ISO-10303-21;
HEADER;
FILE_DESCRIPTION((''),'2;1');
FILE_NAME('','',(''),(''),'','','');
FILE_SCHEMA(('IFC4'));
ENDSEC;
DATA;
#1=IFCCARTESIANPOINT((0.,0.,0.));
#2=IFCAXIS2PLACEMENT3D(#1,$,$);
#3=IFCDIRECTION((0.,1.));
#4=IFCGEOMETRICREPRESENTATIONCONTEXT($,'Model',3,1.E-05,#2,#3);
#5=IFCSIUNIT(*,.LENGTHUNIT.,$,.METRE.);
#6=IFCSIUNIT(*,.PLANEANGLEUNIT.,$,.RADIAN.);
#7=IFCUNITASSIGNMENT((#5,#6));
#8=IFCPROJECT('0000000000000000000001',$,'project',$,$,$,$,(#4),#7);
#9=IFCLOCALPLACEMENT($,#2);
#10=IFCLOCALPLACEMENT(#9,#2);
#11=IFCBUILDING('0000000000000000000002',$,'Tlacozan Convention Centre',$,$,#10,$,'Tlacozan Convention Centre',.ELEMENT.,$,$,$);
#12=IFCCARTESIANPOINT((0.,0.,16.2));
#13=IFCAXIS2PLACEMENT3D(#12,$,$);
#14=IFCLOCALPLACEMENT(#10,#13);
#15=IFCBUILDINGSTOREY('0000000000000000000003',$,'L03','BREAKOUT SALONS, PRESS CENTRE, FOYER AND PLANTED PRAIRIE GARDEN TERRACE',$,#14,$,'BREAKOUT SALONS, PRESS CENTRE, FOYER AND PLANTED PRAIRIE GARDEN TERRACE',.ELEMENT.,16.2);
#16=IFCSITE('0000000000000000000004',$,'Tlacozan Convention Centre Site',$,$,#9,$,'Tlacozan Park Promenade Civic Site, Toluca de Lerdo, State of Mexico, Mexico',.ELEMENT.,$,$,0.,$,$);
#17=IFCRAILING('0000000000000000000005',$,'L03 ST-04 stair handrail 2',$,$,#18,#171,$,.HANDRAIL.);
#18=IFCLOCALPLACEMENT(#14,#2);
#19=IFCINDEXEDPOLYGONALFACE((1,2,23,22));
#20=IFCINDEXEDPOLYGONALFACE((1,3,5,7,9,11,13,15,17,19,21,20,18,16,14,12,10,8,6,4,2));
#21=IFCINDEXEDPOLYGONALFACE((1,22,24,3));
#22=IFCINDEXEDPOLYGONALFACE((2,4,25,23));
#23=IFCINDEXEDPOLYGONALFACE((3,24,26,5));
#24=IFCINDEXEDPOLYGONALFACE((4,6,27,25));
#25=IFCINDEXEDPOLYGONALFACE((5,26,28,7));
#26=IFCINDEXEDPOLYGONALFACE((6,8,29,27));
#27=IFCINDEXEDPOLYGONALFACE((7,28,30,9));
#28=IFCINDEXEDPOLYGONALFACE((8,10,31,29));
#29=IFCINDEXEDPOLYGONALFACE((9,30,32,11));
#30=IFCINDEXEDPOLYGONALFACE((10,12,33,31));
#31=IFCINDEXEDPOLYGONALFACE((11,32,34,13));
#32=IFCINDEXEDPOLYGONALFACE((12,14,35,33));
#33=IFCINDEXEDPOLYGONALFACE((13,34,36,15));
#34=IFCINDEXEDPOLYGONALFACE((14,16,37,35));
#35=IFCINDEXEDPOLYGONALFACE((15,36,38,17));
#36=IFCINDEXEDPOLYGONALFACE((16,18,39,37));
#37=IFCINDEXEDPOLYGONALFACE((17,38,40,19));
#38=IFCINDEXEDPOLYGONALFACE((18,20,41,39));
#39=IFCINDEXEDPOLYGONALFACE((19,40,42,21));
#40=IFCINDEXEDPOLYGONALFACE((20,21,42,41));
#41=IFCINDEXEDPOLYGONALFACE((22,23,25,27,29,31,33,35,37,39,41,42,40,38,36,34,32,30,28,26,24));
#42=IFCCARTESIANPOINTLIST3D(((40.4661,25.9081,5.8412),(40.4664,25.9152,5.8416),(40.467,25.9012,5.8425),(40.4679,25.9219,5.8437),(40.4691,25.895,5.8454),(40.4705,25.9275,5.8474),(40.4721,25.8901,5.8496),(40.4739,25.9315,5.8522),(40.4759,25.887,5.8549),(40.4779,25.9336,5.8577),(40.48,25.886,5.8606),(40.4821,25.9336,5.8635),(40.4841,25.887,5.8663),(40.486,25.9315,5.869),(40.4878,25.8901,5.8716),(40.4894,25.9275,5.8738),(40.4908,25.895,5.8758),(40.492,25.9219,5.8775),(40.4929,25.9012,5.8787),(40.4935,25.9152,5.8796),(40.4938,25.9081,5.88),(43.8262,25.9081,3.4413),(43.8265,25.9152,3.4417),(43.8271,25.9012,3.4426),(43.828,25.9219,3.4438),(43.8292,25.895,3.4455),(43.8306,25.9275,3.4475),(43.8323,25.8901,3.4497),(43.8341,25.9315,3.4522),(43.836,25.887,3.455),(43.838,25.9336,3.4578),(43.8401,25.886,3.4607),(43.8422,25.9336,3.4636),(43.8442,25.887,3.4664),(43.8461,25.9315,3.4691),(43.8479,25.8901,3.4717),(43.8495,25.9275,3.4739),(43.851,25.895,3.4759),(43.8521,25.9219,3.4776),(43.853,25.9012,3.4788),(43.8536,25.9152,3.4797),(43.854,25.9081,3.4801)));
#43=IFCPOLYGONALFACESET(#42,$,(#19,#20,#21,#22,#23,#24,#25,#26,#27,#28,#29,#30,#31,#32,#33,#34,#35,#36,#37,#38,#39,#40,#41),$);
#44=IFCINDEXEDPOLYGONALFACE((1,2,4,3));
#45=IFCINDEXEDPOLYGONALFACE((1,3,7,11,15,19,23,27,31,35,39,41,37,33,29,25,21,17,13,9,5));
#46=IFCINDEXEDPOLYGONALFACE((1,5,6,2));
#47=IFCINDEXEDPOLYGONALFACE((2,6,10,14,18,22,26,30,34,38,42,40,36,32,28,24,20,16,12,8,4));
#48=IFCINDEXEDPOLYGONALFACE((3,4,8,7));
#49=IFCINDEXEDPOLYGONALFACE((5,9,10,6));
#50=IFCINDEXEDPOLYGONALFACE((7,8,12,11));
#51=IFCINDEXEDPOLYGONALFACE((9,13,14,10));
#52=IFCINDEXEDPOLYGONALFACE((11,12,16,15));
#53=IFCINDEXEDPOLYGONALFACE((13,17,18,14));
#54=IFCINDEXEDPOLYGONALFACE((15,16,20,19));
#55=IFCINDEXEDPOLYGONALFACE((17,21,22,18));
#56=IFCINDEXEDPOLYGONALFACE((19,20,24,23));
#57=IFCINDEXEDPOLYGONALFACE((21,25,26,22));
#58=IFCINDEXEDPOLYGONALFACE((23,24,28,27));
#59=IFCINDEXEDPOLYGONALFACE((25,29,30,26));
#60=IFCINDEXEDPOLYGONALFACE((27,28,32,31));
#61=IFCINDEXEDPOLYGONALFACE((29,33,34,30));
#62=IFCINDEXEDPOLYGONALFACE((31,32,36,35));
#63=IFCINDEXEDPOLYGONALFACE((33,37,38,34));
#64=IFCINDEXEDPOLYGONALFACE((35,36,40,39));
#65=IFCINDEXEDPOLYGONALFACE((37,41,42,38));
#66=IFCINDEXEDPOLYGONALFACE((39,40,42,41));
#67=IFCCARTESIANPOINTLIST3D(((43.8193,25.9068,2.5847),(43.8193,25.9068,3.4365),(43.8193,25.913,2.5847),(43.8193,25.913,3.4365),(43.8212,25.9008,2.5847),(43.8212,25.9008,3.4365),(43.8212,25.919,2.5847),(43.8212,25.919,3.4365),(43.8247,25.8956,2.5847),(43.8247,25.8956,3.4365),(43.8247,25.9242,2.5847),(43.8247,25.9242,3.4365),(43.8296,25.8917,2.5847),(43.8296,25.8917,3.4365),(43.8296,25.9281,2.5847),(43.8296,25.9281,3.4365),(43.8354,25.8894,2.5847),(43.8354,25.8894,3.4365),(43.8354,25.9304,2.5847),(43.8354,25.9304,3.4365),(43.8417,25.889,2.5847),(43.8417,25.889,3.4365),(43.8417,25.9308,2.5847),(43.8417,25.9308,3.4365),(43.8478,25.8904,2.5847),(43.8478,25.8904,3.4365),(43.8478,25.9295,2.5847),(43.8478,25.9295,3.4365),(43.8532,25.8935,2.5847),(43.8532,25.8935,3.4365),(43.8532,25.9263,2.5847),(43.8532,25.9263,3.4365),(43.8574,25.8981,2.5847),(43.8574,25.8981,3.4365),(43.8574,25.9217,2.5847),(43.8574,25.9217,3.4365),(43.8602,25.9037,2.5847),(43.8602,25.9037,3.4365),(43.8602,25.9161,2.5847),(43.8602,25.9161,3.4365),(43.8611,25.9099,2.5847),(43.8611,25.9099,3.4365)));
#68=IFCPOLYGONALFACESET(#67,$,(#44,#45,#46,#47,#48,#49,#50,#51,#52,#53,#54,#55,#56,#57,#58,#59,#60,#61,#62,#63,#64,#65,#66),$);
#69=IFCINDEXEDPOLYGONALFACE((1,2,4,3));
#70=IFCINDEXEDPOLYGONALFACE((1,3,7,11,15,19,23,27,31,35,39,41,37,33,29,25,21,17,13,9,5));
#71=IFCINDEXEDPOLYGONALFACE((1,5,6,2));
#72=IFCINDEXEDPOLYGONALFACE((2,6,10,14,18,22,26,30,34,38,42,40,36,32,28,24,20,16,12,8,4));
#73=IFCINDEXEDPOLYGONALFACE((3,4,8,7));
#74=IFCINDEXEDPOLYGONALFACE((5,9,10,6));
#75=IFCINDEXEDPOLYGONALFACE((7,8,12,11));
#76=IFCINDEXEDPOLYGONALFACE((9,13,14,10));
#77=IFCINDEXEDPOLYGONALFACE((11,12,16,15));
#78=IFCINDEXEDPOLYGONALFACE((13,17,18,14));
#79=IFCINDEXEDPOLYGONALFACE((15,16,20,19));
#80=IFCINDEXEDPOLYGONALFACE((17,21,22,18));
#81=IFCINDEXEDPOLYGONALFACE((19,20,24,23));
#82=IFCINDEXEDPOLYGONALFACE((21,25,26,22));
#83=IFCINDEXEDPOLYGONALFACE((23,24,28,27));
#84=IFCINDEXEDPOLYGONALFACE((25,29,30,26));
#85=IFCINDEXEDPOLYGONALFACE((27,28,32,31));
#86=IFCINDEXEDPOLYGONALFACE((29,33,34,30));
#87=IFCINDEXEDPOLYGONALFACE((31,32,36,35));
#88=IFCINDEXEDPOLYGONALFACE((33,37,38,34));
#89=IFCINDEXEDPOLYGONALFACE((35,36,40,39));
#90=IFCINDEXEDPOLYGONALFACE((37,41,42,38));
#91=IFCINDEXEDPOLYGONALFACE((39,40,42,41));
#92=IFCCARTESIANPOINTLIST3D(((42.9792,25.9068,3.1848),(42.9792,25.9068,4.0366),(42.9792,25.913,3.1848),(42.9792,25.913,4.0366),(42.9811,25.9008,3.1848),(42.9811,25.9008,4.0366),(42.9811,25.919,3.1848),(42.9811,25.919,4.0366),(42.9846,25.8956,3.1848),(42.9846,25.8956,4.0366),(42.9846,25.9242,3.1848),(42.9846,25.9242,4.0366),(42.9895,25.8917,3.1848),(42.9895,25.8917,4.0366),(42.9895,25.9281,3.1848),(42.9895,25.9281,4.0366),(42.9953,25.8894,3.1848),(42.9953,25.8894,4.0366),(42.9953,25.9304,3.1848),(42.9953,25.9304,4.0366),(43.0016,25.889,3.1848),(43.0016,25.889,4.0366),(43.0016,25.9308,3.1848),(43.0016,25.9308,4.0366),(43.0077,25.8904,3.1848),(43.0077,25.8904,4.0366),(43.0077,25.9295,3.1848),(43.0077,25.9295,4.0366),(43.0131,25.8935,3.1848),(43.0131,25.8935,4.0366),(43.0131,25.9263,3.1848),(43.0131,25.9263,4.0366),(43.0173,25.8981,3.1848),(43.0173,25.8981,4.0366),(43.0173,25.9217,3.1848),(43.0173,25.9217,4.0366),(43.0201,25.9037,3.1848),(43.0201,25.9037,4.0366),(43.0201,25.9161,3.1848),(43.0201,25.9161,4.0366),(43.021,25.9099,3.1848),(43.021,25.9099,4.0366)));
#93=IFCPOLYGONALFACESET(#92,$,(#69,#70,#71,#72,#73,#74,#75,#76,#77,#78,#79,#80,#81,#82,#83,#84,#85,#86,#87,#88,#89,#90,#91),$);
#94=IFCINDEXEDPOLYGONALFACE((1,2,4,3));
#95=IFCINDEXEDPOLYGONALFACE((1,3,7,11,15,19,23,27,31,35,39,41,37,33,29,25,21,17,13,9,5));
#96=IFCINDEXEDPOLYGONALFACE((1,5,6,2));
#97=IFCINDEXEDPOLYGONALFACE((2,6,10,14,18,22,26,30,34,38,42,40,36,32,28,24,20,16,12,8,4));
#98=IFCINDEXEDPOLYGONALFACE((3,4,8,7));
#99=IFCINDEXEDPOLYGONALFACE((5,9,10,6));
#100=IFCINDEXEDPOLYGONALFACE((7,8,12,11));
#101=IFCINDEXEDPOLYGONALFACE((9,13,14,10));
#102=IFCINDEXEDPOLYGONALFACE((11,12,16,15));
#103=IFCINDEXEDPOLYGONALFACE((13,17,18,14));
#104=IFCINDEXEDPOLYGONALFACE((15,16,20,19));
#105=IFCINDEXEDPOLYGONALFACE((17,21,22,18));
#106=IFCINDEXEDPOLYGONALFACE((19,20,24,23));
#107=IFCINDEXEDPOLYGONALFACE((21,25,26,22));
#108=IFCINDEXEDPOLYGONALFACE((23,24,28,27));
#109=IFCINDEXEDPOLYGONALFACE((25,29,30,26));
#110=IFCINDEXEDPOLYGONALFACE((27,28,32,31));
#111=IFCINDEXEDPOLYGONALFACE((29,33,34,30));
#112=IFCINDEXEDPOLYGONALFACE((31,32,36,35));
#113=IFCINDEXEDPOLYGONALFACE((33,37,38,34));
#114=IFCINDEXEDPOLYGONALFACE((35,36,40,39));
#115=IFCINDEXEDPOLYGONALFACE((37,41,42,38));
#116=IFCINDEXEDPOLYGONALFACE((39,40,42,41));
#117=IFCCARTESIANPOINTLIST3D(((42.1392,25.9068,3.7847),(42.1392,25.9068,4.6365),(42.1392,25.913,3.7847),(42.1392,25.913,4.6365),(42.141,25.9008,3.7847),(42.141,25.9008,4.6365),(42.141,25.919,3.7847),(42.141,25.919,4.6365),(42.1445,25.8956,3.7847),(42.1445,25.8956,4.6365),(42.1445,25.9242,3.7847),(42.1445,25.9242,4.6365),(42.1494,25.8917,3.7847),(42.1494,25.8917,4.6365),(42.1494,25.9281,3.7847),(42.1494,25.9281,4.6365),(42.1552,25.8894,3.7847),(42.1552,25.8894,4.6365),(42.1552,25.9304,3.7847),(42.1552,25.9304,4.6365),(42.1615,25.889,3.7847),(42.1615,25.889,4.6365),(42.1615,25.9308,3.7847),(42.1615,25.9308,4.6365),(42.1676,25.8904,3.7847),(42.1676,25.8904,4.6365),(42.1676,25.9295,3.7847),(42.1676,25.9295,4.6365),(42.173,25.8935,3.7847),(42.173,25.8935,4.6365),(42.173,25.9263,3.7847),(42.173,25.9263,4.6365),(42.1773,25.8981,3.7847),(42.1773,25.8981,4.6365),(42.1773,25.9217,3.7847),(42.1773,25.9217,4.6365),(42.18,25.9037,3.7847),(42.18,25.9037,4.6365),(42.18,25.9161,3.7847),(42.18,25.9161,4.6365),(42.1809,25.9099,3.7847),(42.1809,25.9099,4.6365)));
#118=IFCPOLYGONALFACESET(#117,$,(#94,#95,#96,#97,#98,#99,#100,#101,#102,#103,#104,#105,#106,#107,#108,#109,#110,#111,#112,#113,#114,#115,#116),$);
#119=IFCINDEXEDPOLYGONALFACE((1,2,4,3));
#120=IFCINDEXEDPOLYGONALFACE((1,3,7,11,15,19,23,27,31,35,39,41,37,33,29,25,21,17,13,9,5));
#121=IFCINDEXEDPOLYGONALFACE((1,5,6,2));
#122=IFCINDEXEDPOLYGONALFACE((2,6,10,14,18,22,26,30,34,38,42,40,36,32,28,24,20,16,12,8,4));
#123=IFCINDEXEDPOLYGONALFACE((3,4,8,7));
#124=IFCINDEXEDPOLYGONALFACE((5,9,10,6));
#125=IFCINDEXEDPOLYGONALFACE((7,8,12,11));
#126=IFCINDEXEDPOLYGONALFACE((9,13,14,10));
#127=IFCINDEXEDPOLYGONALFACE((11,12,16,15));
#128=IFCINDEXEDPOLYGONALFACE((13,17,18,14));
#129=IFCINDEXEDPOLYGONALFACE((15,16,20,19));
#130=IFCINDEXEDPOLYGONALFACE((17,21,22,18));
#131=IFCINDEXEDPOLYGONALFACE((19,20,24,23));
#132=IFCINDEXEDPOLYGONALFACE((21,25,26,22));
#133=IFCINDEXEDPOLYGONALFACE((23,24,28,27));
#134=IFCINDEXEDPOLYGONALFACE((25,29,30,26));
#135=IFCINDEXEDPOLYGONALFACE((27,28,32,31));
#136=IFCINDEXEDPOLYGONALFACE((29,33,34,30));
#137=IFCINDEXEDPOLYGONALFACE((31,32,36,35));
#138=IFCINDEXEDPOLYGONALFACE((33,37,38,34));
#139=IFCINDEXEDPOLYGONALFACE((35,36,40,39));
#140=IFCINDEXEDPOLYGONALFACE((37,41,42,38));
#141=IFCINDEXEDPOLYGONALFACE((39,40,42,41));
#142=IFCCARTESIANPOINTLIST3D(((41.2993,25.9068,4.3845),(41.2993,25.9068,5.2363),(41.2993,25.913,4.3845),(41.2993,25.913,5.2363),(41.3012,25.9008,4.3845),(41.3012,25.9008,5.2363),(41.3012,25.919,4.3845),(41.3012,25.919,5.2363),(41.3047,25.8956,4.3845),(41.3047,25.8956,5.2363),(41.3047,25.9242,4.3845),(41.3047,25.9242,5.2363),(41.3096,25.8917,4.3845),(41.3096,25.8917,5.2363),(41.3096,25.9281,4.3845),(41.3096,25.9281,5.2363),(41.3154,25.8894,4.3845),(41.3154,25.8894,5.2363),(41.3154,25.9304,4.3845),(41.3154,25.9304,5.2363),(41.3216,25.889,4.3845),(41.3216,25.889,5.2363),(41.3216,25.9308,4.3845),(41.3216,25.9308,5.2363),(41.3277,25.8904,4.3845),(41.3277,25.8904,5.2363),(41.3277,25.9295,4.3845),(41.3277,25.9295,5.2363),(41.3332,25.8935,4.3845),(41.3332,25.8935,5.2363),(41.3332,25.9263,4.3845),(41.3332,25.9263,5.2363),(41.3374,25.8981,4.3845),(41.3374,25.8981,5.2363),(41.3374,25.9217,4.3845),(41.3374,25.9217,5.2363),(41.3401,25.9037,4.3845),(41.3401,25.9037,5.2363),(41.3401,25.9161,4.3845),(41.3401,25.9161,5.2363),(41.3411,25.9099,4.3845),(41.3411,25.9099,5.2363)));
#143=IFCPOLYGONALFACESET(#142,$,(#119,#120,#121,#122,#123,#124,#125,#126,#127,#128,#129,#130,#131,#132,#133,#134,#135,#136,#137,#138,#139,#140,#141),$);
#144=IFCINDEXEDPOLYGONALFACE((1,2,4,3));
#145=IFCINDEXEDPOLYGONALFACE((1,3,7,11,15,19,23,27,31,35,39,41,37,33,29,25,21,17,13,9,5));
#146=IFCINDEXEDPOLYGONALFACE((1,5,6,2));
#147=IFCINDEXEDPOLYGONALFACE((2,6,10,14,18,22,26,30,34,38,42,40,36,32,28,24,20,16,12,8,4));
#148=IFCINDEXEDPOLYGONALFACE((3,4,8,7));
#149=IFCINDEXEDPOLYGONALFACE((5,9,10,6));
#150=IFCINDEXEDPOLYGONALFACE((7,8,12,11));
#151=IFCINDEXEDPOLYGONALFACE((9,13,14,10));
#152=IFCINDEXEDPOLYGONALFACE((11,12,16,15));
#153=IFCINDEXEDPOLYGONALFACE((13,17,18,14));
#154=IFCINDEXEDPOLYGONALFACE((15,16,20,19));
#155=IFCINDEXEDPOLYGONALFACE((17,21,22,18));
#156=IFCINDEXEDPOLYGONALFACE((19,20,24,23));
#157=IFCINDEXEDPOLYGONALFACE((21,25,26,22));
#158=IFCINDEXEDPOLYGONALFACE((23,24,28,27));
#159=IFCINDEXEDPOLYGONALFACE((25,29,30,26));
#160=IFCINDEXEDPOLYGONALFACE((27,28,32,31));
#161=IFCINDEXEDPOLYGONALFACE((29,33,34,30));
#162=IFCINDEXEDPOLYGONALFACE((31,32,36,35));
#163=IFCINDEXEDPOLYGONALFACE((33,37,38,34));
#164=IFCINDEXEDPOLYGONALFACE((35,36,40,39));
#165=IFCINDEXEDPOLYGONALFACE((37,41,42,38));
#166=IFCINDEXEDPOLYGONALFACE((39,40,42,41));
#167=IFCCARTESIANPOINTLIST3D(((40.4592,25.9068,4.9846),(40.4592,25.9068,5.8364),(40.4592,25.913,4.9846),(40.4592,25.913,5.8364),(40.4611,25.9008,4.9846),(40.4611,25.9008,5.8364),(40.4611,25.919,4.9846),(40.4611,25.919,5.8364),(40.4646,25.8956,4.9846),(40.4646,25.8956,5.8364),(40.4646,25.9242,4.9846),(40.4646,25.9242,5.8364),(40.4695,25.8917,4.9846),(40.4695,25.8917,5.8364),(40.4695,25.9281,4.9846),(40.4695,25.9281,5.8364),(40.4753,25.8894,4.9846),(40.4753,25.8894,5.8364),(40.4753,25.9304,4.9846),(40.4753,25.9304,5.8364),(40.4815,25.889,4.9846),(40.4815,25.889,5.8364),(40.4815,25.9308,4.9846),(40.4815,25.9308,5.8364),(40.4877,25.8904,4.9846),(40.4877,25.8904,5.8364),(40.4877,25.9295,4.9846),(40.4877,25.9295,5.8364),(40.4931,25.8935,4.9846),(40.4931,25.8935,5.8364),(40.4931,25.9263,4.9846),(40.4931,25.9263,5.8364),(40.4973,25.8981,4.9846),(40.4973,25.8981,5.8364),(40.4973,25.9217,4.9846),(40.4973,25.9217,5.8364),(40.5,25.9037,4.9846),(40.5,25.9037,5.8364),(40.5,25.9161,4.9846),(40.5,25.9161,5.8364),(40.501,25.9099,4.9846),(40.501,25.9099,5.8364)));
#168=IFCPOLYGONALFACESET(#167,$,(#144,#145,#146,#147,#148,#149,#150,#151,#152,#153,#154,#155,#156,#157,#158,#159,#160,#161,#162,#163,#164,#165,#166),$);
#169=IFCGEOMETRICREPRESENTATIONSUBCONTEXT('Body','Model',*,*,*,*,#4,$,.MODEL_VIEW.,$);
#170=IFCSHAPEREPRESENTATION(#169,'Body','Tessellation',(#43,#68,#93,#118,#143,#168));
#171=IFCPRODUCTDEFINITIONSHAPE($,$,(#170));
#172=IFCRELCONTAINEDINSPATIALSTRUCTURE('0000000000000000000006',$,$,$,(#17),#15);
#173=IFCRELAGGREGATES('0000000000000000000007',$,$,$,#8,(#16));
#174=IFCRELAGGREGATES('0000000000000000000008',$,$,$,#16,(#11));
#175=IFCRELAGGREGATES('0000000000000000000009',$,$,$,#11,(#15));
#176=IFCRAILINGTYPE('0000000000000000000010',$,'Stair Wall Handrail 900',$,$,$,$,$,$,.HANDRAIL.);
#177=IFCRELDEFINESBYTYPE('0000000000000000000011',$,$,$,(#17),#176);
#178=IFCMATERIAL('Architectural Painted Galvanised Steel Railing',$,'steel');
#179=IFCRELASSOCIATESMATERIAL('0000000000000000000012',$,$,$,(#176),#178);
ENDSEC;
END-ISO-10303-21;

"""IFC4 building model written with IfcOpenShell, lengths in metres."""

from ifc_helpers import new_model, si_unit, direction, frame, origin, origin_2d, place, context, subcontext, project, spatial, circle, extrude, material, type_object, element, save


model = new_model("IFC4")

# Units and contexts
model_context = context("Model", 3, precision=1e-05, world=origin(), true_north=direction((0.0, 1.0)))
body_context = subcontext(model_context, "Body", "Model", "MODEL_VIEW")
ifc_project = project(units=[si_unit("LENGTHUNIT", "METRE"), si_unit("PLANEANGLEUNIT", "RADIAN")], contexts=[model_context])

# Site, building, storey
site_placement = place(None, origin())
site = spatial("IfcSite", under=ifc_project, at=site_placement, Name="Tlacozan Convention Centre Site", LongName="Tlacozan Park Promenade Civic Site, Toluca de Lerdo, State of Mexico, Mexico", CompositionType="ELEMENT", RefElevation=0.0)
building_placement = place(site_placement, origin())
building = spatial("IfcBuilding", under=site, at=building_placement, Name="Tlacozan Convention Centre", LongName="Tlacozan Convention Centre", CompositionType="ELEMENT")
storey_placement = place(building_placement, frame((0.0, 0.0, 16.2)))
storey = spatial("IfcBuildingStorey", under=building, at=storey_placement, Name="L03", Description="BREAKOUT SALONS, PRESS CENTRE, FOYER AND PLANTED PRAIRIE GARDEN TERRACE", LongName="BREAKOUT SALONS, PRESS CENTRE, FOYER AND PLANTED PRAIRIE GARDEN TERRACE", CompositionType="ELEMENT", Elevation=16.2)

# Railing
ifc_material_1 = material(Name="Architectural Painted Galvanised Steel Railing", Category="steel")
railing_type_1 = type_object("IfcRailingType", Name="Stair Wall Handrail 900", PredefinedType="HANDRAIL", material=ifc_material_1)
railing_1_placement = place(storey_placement, frame((43.8401, 25.9099, 2.5847)))
element("IfcRailing", 1, at=railing_1_placement, inside=storey, type_object=railing_type_1, Name="L03 ST-04 stair handrail 2", PredefinedType="HANDRAIL", context=body_context, shape_type="SweptSolid", body=[
    extrude(circle(Radius=0.0239, at=origin_2d()), frame((0.0, 0.0, 0.876), z_axis=(-0.813753, 0.0, 0.58121), x_axis=(0.0, -1.0, 0.0)), (0.0, 0.0, 1.0), 4.1292),
    extrude(circle(Radius=0.021, at=origin_2d()), origin(), (0.0, 0.0, 1.0), 0.8518),
    extrude(circle(Radius=0.021, at=origin_2d()), frame((-0.8401, 0.0, 0.6001)), (0.0, 0.0, 1.0), 0.8518),
    extrude(circle(Radius=0.021, at=origin_2d()), frame((-1.6802, 0.0, 1.2)), (0.0, 0.0, 1.0), 0.8518),
    extrude(circle(Radius=0.021, at=origin_2d()), frame((-2.52, 0.0, 1.7998)), (0.0, 0.0, 1.0), 0.8518),
    extrude(circle(Radius=0.021, at=origin_2d()), frame((-3.3601, 0.0, 2.3999)), (0.0, 0.0, 1.0), 0.8518),
])

save(model, "model.ifc")
